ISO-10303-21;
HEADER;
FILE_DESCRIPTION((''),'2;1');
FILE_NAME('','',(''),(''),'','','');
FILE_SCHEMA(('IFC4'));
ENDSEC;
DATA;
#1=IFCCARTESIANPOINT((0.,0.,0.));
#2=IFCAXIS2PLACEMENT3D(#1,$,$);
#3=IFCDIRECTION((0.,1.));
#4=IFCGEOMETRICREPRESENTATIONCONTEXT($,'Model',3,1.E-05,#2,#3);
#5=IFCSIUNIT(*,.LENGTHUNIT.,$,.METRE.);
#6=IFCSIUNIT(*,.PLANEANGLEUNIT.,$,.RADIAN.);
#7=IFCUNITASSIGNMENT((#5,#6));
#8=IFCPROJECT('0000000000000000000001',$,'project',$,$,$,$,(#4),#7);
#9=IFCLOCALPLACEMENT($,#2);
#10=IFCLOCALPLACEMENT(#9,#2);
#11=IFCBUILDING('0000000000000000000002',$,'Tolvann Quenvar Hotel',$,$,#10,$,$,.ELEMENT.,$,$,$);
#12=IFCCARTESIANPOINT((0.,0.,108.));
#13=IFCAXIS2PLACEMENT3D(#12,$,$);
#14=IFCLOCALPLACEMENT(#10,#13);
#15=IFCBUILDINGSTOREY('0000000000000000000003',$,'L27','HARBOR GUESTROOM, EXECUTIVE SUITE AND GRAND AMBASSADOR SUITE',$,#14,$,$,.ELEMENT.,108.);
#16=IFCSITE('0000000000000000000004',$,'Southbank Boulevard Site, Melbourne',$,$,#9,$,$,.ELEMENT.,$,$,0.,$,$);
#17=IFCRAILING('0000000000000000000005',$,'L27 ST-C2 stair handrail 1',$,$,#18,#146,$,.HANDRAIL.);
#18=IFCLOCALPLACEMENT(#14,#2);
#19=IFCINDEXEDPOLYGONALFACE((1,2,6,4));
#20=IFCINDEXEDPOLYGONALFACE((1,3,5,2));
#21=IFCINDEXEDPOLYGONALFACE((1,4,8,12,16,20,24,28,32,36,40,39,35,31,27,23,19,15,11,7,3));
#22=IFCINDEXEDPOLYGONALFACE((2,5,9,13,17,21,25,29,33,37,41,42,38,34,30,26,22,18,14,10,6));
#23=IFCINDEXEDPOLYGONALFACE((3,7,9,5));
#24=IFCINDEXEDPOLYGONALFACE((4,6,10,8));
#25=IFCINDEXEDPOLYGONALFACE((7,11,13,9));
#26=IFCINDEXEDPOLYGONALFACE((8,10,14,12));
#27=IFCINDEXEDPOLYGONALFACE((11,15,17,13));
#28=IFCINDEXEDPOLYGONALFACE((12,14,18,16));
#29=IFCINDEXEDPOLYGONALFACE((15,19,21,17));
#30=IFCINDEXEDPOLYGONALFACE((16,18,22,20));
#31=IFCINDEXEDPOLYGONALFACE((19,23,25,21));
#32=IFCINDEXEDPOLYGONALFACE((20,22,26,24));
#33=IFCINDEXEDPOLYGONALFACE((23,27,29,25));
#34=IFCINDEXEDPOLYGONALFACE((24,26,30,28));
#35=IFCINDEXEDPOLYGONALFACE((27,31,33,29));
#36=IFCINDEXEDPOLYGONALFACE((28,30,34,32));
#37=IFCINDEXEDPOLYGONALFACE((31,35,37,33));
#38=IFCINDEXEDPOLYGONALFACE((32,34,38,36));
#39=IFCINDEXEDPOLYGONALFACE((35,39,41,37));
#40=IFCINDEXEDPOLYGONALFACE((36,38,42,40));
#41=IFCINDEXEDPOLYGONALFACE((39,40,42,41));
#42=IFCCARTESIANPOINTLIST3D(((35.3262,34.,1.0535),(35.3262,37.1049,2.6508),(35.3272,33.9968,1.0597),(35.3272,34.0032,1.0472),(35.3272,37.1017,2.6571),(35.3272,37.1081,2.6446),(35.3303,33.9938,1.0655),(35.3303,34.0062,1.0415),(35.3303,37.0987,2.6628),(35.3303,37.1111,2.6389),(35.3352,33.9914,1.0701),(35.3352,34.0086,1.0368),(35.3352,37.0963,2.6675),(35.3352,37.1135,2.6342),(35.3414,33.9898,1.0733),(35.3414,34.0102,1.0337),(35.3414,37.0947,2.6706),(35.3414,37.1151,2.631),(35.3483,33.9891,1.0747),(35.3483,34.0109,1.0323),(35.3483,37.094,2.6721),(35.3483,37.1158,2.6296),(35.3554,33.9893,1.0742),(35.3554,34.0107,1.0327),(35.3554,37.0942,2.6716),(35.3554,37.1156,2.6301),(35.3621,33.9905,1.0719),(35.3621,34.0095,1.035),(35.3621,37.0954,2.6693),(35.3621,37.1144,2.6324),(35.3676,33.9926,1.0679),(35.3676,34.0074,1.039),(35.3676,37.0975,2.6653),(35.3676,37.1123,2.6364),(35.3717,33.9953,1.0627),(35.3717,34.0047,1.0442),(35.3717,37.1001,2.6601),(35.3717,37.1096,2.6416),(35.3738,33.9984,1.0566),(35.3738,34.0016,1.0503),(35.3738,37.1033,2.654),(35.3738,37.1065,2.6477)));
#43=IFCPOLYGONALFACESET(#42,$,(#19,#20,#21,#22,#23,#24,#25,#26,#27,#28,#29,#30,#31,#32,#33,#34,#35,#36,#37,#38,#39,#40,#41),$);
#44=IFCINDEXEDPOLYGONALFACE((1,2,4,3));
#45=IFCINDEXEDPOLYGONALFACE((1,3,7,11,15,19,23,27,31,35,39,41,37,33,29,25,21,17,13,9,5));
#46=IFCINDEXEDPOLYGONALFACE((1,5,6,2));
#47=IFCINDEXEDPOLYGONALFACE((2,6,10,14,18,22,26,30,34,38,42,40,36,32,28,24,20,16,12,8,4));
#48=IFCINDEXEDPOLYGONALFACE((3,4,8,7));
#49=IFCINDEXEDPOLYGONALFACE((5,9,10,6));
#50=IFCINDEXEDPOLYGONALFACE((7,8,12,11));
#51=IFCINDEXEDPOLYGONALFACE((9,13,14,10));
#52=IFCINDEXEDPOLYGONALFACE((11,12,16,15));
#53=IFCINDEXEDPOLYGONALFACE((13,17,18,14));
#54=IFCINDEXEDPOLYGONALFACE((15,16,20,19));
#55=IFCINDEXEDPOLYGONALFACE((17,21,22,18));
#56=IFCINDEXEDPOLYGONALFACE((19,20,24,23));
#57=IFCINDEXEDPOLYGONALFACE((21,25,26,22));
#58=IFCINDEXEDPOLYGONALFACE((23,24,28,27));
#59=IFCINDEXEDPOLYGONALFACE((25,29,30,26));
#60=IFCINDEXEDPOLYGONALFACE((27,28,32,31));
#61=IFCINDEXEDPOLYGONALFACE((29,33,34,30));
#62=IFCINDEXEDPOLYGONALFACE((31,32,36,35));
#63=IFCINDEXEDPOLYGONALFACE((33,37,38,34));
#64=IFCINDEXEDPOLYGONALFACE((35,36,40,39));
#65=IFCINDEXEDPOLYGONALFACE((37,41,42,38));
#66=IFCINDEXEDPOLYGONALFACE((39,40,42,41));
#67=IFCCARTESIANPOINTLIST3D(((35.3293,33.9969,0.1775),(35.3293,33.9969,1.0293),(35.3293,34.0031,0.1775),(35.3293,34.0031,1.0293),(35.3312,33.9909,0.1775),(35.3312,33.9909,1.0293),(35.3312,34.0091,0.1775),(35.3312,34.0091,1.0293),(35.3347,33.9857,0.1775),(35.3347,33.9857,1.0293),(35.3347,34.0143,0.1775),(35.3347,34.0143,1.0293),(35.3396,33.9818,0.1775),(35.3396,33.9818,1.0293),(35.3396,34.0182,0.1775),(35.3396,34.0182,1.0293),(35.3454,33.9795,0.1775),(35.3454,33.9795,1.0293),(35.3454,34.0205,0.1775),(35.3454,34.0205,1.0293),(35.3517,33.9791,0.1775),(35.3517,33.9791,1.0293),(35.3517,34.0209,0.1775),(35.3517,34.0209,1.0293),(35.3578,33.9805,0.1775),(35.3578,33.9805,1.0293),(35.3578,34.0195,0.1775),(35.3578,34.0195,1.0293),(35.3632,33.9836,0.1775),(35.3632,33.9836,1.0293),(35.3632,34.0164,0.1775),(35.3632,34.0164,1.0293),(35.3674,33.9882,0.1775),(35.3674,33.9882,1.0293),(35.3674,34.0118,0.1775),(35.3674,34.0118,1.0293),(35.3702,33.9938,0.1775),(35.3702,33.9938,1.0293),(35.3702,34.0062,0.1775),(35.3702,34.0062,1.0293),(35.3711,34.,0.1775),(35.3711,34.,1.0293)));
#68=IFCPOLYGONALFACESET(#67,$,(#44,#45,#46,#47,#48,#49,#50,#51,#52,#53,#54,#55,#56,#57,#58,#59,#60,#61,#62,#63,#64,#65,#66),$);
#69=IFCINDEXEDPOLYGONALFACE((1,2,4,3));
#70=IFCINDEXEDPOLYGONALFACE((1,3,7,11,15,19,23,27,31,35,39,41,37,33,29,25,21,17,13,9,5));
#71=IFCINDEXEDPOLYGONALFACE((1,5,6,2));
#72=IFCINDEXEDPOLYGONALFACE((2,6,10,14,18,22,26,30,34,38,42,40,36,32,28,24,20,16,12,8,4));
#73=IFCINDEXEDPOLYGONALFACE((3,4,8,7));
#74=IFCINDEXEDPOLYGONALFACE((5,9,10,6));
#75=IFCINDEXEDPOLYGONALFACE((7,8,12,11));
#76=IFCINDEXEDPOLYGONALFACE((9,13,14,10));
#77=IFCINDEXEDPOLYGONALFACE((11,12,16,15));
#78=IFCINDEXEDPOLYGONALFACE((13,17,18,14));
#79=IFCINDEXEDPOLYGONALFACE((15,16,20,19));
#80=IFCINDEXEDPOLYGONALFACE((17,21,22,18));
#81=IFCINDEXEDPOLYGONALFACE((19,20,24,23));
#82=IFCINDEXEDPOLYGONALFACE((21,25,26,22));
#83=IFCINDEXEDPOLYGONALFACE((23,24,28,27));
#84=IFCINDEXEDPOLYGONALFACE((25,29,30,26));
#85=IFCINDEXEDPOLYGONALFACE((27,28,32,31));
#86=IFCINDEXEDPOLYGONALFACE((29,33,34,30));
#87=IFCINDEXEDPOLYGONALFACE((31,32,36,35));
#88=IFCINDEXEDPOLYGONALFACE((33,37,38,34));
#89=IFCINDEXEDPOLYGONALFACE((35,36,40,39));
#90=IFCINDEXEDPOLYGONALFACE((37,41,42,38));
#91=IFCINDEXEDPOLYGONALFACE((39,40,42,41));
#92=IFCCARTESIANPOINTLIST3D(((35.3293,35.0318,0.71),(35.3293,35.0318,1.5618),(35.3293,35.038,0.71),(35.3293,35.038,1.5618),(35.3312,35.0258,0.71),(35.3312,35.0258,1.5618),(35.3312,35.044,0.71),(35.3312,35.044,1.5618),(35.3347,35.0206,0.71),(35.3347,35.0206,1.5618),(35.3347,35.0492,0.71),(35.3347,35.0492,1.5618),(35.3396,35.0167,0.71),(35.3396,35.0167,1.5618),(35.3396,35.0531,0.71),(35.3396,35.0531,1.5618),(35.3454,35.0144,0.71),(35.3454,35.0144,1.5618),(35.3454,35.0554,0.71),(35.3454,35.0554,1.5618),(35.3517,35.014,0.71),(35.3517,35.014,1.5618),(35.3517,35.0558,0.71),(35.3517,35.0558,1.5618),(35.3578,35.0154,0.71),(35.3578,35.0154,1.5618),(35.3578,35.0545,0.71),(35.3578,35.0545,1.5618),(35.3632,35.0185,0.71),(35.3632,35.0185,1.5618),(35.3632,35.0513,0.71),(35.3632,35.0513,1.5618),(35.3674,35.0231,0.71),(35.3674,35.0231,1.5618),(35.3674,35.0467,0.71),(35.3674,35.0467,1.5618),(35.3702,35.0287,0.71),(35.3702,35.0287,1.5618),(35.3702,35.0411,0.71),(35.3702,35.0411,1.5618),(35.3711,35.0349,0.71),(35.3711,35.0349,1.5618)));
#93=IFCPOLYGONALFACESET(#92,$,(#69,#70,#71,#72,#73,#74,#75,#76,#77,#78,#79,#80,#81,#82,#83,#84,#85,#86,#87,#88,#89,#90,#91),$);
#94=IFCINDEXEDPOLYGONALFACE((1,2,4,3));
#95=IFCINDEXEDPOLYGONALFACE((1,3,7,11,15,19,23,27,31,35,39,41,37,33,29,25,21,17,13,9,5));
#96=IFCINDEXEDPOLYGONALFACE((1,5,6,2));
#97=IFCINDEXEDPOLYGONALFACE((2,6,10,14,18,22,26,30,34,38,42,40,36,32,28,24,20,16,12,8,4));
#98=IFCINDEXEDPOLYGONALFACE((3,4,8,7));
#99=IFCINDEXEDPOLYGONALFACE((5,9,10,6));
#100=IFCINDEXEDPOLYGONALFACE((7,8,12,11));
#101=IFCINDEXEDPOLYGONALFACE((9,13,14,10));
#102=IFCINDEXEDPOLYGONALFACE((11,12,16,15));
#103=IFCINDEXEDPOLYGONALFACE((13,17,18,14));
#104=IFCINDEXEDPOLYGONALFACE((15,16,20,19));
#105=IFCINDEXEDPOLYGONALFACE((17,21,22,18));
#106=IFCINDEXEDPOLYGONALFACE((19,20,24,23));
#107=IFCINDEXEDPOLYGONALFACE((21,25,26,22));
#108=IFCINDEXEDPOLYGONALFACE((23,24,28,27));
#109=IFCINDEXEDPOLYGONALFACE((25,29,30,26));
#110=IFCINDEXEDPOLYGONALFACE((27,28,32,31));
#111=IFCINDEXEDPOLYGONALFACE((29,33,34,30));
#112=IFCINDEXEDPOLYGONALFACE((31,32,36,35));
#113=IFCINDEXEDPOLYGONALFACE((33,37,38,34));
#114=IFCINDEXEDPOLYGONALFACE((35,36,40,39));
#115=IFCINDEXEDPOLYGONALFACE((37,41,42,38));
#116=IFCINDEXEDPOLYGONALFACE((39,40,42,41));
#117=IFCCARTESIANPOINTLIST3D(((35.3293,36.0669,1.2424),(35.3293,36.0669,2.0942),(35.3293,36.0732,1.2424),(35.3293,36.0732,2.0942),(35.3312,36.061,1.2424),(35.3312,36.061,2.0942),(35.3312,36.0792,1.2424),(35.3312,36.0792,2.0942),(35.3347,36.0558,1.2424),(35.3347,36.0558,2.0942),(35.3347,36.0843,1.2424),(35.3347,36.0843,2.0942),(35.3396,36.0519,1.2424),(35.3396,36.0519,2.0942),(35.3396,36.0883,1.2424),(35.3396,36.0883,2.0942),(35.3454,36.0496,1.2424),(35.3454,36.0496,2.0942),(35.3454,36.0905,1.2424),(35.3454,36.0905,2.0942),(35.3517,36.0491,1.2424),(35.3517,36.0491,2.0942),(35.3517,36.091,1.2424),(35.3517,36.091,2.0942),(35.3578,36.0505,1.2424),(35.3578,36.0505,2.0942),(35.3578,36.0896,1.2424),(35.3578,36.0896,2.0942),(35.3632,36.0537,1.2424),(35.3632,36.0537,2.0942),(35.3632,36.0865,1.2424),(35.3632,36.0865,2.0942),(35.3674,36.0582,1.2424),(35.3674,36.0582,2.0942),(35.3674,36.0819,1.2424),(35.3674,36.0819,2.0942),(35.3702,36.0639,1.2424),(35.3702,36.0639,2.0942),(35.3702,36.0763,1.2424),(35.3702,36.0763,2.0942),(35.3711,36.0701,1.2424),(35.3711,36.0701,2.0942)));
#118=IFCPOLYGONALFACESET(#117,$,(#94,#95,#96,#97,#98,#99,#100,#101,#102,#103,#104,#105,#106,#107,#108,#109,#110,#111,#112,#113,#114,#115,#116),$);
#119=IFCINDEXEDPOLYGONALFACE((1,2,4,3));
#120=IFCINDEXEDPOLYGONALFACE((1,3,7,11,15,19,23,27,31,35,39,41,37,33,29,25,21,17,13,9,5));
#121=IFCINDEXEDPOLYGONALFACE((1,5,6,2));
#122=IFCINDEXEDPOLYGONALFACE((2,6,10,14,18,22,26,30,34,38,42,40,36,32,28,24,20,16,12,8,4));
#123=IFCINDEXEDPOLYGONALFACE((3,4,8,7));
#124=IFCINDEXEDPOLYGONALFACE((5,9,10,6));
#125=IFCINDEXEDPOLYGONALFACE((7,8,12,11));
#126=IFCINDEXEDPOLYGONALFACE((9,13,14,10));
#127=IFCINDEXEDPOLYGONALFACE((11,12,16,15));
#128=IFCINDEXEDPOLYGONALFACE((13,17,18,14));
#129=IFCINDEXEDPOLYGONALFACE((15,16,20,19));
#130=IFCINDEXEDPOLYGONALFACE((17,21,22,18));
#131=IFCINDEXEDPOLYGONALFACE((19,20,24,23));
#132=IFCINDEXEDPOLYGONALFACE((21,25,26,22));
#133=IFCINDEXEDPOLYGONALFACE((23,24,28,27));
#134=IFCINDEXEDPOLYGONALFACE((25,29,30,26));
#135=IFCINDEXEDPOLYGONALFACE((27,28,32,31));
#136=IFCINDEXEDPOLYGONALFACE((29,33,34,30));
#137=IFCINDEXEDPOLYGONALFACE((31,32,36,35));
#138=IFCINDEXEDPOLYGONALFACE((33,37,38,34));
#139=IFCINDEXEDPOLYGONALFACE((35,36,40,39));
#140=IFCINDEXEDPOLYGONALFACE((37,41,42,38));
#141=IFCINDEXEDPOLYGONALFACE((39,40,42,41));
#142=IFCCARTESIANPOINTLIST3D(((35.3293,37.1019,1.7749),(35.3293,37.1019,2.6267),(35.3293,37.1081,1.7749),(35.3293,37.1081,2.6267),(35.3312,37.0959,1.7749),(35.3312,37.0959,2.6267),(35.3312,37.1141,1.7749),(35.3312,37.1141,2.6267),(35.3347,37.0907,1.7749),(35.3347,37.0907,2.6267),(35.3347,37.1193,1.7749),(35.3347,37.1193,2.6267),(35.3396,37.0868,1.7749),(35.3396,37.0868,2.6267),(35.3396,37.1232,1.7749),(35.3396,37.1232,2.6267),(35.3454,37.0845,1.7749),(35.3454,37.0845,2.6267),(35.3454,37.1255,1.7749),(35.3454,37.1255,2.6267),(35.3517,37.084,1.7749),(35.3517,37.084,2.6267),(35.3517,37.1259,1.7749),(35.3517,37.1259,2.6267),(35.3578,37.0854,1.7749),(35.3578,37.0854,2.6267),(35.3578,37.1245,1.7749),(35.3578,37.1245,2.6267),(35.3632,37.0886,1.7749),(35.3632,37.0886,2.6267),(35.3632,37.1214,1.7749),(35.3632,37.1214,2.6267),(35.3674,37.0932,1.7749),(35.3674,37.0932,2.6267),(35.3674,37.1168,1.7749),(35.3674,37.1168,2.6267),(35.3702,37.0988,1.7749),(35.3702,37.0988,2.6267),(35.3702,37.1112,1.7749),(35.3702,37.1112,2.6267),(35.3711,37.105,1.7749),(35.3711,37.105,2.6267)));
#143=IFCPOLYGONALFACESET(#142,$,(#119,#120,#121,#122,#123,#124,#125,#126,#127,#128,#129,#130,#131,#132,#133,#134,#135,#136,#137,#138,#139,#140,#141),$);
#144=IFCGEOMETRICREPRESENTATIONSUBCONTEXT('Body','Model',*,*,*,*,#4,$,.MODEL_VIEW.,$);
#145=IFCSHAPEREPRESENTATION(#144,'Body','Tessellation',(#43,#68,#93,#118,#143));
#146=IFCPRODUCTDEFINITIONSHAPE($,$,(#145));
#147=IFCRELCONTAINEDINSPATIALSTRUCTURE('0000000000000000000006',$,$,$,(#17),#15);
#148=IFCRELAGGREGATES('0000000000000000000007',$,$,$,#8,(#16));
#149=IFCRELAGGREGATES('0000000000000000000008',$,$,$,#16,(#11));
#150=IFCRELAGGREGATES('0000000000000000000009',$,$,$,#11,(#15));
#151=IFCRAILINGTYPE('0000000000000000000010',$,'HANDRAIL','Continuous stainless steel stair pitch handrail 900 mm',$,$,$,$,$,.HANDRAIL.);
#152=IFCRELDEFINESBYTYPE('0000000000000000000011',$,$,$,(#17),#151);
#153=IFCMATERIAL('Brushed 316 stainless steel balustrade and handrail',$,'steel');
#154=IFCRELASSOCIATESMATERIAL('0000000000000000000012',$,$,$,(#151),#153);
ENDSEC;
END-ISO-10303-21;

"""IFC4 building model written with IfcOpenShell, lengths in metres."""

from ifc_helpers import new_model, si_unit, direction, frame, origin, origin_2d, place, context, subcontext, project, spatial, circle, extrude, material, type_object, element, save


model = new_model("IFC4")

# Units and contexts
model_context = context("Model", 3, precision=1e-05, world=origin(), true_north=direction((0.0, 1.0)))
body_context = subcontext(model_context, "Body", "Model", "MODEL_VIEW")
ifc_project = project(units=[si_unit("LENGTHUNIT", "METRE"), si_unit("PLANEANGLEUNIT", "RADIAN")], contexts=[model_context])

# Site, building, storey
site_placement = place(None, origin())
site = spatial("IfcSite", under=ifc_project, at=site_placement, Name="Southbank Boulevard Site, Melbourne", CompositionType="ELEMENT", RefElevation=0.0)
building_placement = place(site_placement, origin())
building = spatial("IfcBuilding", under=site, at=building_placement, Name="Tolvann Quenvar Hotel", CompositionType="ELEMENT")
storey_placement = place(building_placement, frame((0.0, 0.0, 108.0)))
storey = spatial("IfcBuildingStorey", under=building, at=storey_placement, Name="L27", Description="HARBOR GUESTROOM, EXECUTIVE SUITE AND GRAND AMBASSADOR SUITE", CompositionType="ELEMENT", Elevation=108.0)

# Railing
ifc_material_1 = material(Name="Brushed 316 stainless steel balustrade and handrail", Category="steel")
railing_type_1 = type_object("IfcRailingType", Name="HANDRAIL", Description="Continuous stainless steel stair pitch handrail 900 mm", PredefinedType="HANDRAIL", material=ifc_material_1)
railing_1_placement = place(storey_placement, frame((35.3501, 34.0, 0.1775)))
element("IfcRailing", 1, at=railing_1_placement, inside=storey, type_object=railing_type_1, Name="L27 ST-C2 stair handrail 1", PredefinedType="HANDRAIL", context=body_context, shape_type="SweptSolid", body=[
    extrude(circle(Radius=0.0239, at=origin_2d()), frame((0.0, 0.0, 0.876), z_axis=(0.0, 0.889222, 0.457476), x_axis=(-1.0, 0.0, 0.0)), (0.0, 0.0, 1.0), 3.4917),
    extrude(circle(Radius=0.021, at=origin_2d()), origin(), (0.0, 0.0, 1.0), 0.8518),
    extrude(circle(Radius=0.021, at=origin_2d()), frame((0.0, 1.0349, 0.5325)), (0.0, 0.0, 1.0), 0.8518),
    extrude(circle(Radius=0.021, at=origin_2d()), frame((0.0, 2.0701, 1.0649)), (0.0, 0.0, 1.0), 0.8518),
    extrude(circle(Radius=0.021, at=origin_2d()), frame((0.0, 3.105, 1.5974)), (0.0, 0.0, 1.0), 0.8518),
])

save(model, "model.ifc")
